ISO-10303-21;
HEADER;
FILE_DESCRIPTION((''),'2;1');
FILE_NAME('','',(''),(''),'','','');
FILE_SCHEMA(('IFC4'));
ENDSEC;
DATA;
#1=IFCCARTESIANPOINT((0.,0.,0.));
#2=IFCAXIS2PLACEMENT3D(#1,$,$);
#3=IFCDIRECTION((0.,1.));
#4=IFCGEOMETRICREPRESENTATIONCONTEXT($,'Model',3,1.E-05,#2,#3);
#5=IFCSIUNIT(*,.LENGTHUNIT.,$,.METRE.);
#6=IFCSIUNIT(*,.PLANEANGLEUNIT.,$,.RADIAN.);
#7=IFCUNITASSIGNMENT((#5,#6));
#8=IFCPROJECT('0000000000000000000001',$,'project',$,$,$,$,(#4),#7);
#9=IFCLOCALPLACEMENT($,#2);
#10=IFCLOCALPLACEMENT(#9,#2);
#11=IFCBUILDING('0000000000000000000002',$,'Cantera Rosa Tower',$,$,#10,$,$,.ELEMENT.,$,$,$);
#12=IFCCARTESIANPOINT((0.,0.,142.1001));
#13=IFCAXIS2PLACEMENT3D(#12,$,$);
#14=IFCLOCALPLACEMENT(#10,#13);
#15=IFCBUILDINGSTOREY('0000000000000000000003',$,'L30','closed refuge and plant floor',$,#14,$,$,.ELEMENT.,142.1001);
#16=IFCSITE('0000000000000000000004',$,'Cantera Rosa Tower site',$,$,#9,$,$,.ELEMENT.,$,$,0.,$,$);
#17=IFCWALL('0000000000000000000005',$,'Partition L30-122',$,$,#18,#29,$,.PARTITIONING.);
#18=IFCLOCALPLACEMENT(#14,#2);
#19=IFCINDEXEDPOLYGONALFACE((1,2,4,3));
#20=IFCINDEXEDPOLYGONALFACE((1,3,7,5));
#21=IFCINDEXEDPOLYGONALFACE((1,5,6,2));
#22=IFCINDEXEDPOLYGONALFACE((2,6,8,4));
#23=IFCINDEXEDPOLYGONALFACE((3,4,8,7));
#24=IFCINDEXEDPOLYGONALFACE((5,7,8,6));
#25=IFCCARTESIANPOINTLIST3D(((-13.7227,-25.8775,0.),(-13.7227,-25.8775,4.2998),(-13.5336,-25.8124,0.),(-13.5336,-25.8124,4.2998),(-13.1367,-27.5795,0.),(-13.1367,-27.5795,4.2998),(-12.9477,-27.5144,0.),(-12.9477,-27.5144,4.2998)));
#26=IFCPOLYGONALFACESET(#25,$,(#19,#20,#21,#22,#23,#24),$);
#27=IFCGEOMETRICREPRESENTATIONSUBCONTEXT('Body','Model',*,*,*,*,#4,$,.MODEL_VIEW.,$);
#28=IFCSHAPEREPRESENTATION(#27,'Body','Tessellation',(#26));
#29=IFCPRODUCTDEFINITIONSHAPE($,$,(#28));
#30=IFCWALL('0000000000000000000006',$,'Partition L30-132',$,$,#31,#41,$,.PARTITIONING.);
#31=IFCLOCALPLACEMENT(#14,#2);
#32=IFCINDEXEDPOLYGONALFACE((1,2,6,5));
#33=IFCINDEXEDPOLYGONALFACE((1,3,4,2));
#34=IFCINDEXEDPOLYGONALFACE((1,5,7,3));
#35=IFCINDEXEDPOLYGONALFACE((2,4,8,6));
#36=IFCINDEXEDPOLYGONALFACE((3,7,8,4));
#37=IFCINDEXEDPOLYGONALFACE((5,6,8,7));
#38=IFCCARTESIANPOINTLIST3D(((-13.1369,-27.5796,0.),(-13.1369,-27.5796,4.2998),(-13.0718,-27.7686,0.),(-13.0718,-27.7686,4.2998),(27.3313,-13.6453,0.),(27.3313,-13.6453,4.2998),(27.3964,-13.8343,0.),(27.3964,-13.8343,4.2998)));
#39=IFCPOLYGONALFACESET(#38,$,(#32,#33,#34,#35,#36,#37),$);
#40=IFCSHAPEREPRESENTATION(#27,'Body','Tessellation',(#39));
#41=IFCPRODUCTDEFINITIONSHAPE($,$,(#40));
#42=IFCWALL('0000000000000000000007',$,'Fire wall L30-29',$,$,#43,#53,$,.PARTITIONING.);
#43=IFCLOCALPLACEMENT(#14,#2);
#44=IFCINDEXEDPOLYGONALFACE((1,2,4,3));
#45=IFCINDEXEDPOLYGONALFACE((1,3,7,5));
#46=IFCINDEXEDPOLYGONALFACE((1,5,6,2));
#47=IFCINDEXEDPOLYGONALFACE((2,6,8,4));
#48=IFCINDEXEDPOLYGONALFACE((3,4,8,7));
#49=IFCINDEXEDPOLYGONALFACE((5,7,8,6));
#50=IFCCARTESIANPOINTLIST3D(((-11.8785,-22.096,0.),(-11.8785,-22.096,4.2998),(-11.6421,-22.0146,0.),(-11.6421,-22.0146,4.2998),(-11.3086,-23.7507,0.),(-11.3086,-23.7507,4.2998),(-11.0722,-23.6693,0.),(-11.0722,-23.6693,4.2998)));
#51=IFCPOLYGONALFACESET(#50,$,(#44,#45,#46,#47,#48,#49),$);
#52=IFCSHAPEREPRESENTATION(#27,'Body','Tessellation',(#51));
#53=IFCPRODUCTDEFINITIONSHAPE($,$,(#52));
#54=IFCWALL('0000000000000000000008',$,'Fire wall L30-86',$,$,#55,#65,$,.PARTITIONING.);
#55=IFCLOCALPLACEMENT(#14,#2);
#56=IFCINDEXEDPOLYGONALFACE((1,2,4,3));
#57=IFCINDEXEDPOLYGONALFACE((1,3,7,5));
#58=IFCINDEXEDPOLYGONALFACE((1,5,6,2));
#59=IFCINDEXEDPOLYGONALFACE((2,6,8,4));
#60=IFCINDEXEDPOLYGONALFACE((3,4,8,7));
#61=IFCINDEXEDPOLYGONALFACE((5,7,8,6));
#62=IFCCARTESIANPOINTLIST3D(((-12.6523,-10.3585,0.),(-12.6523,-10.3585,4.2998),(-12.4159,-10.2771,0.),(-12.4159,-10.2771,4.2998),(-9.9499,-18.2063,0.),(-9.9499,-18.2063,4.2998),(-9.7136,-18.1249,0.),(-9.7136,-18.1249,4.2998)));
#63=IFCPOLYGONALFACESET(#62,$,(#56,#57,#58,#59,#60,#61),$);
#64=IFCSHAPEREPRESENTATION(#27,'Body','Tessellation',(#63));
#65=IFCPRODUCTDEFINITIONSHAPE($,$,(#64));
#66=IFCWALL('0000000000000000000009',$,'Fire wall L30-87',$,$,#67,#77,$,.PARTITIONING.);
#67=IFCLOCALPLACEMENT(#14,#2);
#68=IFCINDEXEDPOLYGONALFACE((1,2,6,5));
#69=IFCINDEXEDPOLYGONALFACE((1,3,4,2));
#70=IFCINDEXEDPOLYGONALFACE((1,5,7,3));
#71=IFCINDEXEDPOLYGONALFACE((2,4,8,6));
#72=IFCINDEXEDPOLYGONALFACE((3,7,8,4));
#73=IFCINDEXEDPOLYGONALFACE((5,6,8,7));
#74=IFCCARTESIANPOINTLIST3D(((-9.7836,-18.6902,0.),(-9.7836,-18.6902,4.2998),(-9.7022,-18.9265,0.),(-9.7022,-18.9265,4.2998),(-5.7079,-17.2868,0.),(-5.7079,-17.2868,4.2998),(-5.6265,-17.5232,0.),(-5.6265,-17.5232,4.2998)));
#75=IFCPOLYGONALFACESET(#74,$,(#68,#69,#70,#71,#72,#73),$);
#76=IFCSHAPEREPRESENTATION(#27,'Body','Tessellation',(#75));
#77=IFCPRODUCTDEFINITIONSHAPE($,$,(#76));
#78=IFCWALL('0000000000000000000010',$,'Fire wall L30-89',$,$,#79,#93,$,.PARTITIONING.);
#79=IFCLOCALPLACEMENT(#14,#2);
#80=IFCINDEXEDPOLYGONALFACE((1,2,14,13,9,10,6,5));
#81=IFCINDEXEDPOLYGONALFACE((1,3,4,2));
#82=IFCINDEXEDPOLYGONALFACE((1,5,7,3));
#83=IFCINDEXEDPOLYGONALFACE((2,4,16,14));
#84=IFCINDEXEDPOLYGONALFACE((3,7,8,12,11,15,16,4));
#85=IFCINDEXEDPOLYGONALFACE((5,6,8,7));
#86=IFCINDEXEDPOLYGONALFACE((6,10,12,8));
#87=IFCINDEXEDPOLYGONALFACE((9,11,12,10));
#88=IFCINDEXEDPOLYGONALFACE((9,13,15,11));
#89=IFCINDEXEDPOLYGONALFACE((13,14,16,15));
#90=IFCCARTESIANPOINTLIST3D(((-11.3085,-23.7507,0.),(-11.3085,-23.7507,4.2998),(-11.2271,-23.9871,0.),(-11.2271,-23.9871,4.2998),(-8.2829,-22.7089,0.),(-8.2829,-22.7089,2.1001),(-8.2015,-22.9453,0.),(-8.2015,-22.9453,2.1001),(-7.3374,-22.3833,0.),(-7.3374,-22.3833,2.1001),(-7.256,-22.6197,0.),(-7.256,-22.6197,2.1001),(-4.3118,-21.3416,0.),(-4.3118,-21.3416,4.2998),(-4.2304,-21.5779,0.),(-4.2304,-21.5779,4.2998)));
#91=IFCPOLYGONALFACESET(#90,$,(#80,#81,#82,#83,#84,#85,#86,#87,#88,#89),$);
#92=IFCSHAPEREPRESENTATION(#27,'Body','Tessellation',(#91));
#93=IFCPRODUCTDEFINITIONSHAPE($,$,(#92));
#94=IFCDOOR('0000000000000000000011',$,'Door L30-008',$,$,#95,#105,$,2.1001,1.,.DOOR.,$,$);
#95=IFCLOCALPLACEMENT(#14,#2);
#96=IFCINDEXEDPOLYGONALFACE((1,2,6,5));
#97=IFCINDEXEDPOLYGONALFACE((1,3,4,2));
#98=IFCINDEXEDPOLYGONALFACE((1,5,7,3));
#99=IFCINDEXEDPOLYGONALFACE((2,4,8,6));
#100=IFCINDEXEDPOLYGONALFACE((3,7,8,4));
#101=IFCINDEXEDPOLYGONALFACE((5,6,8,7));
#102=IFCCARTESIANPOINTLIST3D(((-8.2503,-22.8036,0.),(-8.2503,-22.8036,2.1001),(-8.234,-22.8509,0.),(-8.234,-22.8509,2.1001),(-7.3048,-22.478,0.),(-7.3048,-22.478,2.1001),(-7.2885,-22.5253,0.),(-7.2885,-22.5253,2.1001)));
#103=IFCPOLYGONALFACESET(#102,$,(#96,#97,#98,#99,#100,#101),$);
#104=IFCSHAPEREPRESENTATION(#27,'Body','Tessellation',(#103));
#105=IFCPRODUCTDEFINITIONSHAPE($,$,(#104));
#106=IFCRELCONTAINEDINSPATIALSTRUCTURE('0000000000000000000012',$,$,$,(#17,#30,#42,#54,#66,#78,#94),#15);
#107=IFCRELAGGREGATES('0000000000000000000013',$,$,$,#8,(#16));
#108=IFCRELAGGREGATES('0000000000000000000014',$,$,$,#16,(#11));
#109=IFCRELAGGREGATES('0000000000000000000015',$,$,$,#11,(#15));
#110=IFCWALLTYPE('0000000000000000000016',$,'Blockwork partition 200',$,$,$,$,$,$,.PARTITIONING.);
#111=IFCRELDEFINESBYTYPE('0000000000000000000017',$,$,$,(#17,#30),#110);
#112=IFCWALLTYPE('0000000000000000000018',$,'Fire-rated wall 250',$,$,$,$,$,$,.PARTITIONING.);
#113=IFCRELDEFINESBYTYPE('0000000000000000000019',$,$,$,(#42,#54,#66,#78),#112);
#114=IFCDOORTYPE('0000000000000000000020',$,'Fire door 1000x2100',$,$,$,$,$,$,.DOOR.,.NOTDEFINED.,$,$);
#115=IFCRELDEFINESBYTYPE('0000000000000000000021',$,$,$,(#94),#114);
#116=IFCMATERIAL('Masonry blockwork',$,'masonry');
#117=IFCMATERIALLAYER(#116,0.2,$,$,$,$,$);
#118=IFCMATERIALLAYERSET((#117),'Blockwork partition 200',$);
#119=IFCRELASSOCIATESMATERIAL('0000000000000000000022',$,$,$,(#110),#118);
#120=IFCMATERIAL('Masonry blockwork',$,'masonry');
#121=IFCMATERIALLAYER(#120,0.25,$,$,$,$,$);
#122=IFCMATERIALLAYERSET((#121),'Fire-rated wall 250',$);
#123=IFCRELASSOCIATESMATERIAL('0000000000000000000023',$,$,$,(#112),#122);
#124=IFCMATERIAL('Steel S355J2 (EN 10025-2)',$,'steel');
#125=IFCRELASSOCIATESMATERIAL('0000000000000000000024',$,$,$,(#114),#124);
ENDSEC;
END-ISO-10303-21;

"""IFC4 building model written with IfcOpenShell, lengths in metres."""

from ifc_helpers import new_model, si_unit, direction, frame, frame_2d, origin, place, context, subcontext, project, spatial, rectangle, extrude, material, layer, layer_set, type_object, element, fill, save


model = new_model("IFC4")

# Units and contexts
model_context = context("Model", 3, precision=1e-05, world=origin(), true_north=direction((0.0, 1.0)))
body_context = subcontext(model_context, "Body", "Model", "MODEL_VIEW")
ifc_project = project(units=[si_unit("LENGTHUNIT", "METRE"), si_unit("PLANEANGLEUNIT", "RADIAN")], contexts=[model_context])

# Site, building, storey
site_placement = place(None, origin())
site = spatial("IfcSite", under=ifc_project, at=site_placement, Name="Cantera Rosa Tower site", CompositionType="ELEMENT", RefElevation=0.0)
building_placement = place(site_placement, origin())
building = spatial("IfcBuilding", under=site, at=building_placement, Name="Cantera Rosa Tower", CompositionType="ELEMENT")
storey_placement = place(building_placement, frame((0.0, 0.0, 142.1001)))
storey = spatial("IfcBuildingStorey", under=building, at=storey_placement, Name="L30", Description="closed refuge and plant floor", CompositionType="ELEMENT", Elevation=142.1001)

# Walls
ifc_material_1 = material(Name="Masonry blockwork", Category="masonry")
ifc_layer_1 = layer(ifc_material_1, 0.2)
ifc_layer_set_1 = layer_set([ifc_layer_1], Name="Blockwork partition 200")
wall_type_1 = type_object("IfcWallType", Name="Blockwork partition 200", PredefinedType="PARTITIONING", material=ifc_layer_set_1)
wall_1_placement = place(storey_placement, frame((-13.0422, -27.5469, 0.0), z_axis=(0.0, 0.0, 1.0), x_axis=(-0.325531, 0.945531, 0.0)))
element("IfcWall", 1, at=wall_1_placement, inside=storey, type_object=wall_type_1, Name="Partition L30-122", PredefinedType="PARTITIONING", context=body_context, shape_type="SweptSolid", body=[
    extrude(rectangle(XDim=1.8, YDim=0.2, at=frame_2d((0.8999, 0.0))), origin(), (0.0, 0.0, 1.0), 4.2998),
])
wall_2_placement = place(storey_placement, frame((-13.1042, -27.6741, 0.0), z_axis=(0.0, 0.0, 1.0), x_axis=(0.945519, 0.325568, 0.0)))
element("IfcWall", 2, at=wall_2_placement, inside=storey, type_object=wall_type_1, Name="Partition L30-132", PredefinedType="PARTITIONING", context=body_context, shape_type="SweptSolid", body=[
    extrude(rectangle(XDim=42.8, YDim=0.2, at=frame_2d((21.3999, 0.0))), origin(), (0.0, 0.0, 1.0), 4.2998),
])
ifc_material_2 = material(Name="Masonry blockwork", Category="masonry")
ifc_layer_2 = layer(ifc_material_2, 0.25)
ifc_layer_set_2 = layer_set([ifc_layer_2], Name="Fire-rated wall 250")
wall_type_2 = type_object("IfcWallType", Name="Fire-rated wall 250", PredefinedType="PARTITIONING", material=ifc_layer_set_2)
wall_3_placement = place(storey_placement, frame((-11.1904, -23.71, 0.0), z_axis=(0.0, 0.0, 1.0), x_axis=(-0.325629, 0.945497, 0.0)))
element("IfcWall", 3, at=wall_3_placement, inside=storey, type_object=wall_type_2, Name="Fire wall L30-29", PredefinedType="PARTITIONING", context=body_context, shape_type="SweptSolid", body=[
    extrude(rectangle(XDim=1.75, YDim=0.25, at=frame_2d((0.875, 0.0))), origin(), (0.0, 0.0, 1.0), 4.2998),
])
wall_4_placement = place(storey_placement, frame((-9.8318, -18.1655, 0.0), z_axis=(0.0, 0.0, 1.0), x_axis=(-0.325584, 0.945513, 0.0)))
element("IfcWall", 4, at=wall_4_placement, inside=storey, type_object=wall_type_2, Name="Fire wall L30-86", PredefinedType="PARTITIONING", context=body_context, shape_type="SweptSolid", body=[
    extrude(rectangle(XDim=8.3, YDim=0.25, at=frame_2d((4.1499, 0.0))), origin(), (0.0, 0.0, 1.0), 4.2998),
])
wall_5_placement = place(storey_placement, frame((-9.7429, -18.8083, 0.0), z_axis=(0.0, 0.0, 1.0), x_axis=(0.945522, 0.325558, 0.0)))
element("IfcWall", 5, at=wall_5_placement, inside=storey, type_object=wall_type_2, Name="Fire wall L30-87", PredefinedType="PARTITIONING", context=body_context, shape_type="SweptSolid", body=[
    extrude(rectangle(XDim=4.3105, YDim=0.25, at=frame_2d((2.1553, 0.0))), origin(), (0.0, 0.0, 1.0), 4.2998),
])

# Wall, opening, door
wall_6_placement = place(storey_placement, frame((-11.2678, -23.8689, 0.0), z_axis=(0.0, 0.0, 1.0), x_axis=(0.945519, 0.325566, 0.0)))
wall_6 = element("IfcWall", 6, at=wall_6_placement, inside=storey, type_object=wall_type_2, Name="Fire wall L30-89", PredefinedType="PARTITIONING", context=body_context, shape_type="SweptSolid", body=[
    extrude(rectangle(XDim=7.3999, YDim=0.25, at=frame_2d((3.7, 0.0))), origin(), (0.0, 0.0, 1.0), 4.2998),
])
opening_placement = place(wall_6_placement, frame((3.2, 0.0, 0.0)))
opening = element("IfcOpeningElement", 7, at=opening_placement, cuts=wall_6, PredefinedType="OPENING", context=body_context, shape_type="SweptSolid", body=[
    extrude(rectangle(XDim=1.0, YDim=2.1001, at=frame_2d((0.5, 1.05))), frame((0.0, 0.135, 0.0), z_axis=(0.0, -1.0, 0.0), x_axis=(1.0, 0.0, 0.0)), (0.0, 0.0, 1.0), 0.27),
])
ifc_material_3 = material(Name="Steel S355J2 (EN 10025-2)", Category="steel")
door_type = type_object("IfcDoorType", Name="Fire door 1000x2100", OperationType="NOTDEFINED", PredefinedType="DOOR", material=ifc_material_3)
door_placement = place(opening_placement, origin())
door = element("IfcDoor", 8, at=door_placement, inside=storey, type_object=door_type, Name="Door L30-008", OverallHeight=2.1001, OverallWidth=1.0, PredefinedType="DOOR", context=body_context, shape_type="SweptSolid", body=[
    extrude(rectangle(XDim=1.0, YDim=2.1001, at=frame_2d((0.5, 1.05))), frame((0.0, 0.0249, 0.0), z_axis=(0.0, -1.0, 0.0), x_axis=(1.0, 0.0, 0.0)), (0.0, 0.0, 1.0), 0.05),
])
fill(opening, door)

save(model, "model.ifc")
